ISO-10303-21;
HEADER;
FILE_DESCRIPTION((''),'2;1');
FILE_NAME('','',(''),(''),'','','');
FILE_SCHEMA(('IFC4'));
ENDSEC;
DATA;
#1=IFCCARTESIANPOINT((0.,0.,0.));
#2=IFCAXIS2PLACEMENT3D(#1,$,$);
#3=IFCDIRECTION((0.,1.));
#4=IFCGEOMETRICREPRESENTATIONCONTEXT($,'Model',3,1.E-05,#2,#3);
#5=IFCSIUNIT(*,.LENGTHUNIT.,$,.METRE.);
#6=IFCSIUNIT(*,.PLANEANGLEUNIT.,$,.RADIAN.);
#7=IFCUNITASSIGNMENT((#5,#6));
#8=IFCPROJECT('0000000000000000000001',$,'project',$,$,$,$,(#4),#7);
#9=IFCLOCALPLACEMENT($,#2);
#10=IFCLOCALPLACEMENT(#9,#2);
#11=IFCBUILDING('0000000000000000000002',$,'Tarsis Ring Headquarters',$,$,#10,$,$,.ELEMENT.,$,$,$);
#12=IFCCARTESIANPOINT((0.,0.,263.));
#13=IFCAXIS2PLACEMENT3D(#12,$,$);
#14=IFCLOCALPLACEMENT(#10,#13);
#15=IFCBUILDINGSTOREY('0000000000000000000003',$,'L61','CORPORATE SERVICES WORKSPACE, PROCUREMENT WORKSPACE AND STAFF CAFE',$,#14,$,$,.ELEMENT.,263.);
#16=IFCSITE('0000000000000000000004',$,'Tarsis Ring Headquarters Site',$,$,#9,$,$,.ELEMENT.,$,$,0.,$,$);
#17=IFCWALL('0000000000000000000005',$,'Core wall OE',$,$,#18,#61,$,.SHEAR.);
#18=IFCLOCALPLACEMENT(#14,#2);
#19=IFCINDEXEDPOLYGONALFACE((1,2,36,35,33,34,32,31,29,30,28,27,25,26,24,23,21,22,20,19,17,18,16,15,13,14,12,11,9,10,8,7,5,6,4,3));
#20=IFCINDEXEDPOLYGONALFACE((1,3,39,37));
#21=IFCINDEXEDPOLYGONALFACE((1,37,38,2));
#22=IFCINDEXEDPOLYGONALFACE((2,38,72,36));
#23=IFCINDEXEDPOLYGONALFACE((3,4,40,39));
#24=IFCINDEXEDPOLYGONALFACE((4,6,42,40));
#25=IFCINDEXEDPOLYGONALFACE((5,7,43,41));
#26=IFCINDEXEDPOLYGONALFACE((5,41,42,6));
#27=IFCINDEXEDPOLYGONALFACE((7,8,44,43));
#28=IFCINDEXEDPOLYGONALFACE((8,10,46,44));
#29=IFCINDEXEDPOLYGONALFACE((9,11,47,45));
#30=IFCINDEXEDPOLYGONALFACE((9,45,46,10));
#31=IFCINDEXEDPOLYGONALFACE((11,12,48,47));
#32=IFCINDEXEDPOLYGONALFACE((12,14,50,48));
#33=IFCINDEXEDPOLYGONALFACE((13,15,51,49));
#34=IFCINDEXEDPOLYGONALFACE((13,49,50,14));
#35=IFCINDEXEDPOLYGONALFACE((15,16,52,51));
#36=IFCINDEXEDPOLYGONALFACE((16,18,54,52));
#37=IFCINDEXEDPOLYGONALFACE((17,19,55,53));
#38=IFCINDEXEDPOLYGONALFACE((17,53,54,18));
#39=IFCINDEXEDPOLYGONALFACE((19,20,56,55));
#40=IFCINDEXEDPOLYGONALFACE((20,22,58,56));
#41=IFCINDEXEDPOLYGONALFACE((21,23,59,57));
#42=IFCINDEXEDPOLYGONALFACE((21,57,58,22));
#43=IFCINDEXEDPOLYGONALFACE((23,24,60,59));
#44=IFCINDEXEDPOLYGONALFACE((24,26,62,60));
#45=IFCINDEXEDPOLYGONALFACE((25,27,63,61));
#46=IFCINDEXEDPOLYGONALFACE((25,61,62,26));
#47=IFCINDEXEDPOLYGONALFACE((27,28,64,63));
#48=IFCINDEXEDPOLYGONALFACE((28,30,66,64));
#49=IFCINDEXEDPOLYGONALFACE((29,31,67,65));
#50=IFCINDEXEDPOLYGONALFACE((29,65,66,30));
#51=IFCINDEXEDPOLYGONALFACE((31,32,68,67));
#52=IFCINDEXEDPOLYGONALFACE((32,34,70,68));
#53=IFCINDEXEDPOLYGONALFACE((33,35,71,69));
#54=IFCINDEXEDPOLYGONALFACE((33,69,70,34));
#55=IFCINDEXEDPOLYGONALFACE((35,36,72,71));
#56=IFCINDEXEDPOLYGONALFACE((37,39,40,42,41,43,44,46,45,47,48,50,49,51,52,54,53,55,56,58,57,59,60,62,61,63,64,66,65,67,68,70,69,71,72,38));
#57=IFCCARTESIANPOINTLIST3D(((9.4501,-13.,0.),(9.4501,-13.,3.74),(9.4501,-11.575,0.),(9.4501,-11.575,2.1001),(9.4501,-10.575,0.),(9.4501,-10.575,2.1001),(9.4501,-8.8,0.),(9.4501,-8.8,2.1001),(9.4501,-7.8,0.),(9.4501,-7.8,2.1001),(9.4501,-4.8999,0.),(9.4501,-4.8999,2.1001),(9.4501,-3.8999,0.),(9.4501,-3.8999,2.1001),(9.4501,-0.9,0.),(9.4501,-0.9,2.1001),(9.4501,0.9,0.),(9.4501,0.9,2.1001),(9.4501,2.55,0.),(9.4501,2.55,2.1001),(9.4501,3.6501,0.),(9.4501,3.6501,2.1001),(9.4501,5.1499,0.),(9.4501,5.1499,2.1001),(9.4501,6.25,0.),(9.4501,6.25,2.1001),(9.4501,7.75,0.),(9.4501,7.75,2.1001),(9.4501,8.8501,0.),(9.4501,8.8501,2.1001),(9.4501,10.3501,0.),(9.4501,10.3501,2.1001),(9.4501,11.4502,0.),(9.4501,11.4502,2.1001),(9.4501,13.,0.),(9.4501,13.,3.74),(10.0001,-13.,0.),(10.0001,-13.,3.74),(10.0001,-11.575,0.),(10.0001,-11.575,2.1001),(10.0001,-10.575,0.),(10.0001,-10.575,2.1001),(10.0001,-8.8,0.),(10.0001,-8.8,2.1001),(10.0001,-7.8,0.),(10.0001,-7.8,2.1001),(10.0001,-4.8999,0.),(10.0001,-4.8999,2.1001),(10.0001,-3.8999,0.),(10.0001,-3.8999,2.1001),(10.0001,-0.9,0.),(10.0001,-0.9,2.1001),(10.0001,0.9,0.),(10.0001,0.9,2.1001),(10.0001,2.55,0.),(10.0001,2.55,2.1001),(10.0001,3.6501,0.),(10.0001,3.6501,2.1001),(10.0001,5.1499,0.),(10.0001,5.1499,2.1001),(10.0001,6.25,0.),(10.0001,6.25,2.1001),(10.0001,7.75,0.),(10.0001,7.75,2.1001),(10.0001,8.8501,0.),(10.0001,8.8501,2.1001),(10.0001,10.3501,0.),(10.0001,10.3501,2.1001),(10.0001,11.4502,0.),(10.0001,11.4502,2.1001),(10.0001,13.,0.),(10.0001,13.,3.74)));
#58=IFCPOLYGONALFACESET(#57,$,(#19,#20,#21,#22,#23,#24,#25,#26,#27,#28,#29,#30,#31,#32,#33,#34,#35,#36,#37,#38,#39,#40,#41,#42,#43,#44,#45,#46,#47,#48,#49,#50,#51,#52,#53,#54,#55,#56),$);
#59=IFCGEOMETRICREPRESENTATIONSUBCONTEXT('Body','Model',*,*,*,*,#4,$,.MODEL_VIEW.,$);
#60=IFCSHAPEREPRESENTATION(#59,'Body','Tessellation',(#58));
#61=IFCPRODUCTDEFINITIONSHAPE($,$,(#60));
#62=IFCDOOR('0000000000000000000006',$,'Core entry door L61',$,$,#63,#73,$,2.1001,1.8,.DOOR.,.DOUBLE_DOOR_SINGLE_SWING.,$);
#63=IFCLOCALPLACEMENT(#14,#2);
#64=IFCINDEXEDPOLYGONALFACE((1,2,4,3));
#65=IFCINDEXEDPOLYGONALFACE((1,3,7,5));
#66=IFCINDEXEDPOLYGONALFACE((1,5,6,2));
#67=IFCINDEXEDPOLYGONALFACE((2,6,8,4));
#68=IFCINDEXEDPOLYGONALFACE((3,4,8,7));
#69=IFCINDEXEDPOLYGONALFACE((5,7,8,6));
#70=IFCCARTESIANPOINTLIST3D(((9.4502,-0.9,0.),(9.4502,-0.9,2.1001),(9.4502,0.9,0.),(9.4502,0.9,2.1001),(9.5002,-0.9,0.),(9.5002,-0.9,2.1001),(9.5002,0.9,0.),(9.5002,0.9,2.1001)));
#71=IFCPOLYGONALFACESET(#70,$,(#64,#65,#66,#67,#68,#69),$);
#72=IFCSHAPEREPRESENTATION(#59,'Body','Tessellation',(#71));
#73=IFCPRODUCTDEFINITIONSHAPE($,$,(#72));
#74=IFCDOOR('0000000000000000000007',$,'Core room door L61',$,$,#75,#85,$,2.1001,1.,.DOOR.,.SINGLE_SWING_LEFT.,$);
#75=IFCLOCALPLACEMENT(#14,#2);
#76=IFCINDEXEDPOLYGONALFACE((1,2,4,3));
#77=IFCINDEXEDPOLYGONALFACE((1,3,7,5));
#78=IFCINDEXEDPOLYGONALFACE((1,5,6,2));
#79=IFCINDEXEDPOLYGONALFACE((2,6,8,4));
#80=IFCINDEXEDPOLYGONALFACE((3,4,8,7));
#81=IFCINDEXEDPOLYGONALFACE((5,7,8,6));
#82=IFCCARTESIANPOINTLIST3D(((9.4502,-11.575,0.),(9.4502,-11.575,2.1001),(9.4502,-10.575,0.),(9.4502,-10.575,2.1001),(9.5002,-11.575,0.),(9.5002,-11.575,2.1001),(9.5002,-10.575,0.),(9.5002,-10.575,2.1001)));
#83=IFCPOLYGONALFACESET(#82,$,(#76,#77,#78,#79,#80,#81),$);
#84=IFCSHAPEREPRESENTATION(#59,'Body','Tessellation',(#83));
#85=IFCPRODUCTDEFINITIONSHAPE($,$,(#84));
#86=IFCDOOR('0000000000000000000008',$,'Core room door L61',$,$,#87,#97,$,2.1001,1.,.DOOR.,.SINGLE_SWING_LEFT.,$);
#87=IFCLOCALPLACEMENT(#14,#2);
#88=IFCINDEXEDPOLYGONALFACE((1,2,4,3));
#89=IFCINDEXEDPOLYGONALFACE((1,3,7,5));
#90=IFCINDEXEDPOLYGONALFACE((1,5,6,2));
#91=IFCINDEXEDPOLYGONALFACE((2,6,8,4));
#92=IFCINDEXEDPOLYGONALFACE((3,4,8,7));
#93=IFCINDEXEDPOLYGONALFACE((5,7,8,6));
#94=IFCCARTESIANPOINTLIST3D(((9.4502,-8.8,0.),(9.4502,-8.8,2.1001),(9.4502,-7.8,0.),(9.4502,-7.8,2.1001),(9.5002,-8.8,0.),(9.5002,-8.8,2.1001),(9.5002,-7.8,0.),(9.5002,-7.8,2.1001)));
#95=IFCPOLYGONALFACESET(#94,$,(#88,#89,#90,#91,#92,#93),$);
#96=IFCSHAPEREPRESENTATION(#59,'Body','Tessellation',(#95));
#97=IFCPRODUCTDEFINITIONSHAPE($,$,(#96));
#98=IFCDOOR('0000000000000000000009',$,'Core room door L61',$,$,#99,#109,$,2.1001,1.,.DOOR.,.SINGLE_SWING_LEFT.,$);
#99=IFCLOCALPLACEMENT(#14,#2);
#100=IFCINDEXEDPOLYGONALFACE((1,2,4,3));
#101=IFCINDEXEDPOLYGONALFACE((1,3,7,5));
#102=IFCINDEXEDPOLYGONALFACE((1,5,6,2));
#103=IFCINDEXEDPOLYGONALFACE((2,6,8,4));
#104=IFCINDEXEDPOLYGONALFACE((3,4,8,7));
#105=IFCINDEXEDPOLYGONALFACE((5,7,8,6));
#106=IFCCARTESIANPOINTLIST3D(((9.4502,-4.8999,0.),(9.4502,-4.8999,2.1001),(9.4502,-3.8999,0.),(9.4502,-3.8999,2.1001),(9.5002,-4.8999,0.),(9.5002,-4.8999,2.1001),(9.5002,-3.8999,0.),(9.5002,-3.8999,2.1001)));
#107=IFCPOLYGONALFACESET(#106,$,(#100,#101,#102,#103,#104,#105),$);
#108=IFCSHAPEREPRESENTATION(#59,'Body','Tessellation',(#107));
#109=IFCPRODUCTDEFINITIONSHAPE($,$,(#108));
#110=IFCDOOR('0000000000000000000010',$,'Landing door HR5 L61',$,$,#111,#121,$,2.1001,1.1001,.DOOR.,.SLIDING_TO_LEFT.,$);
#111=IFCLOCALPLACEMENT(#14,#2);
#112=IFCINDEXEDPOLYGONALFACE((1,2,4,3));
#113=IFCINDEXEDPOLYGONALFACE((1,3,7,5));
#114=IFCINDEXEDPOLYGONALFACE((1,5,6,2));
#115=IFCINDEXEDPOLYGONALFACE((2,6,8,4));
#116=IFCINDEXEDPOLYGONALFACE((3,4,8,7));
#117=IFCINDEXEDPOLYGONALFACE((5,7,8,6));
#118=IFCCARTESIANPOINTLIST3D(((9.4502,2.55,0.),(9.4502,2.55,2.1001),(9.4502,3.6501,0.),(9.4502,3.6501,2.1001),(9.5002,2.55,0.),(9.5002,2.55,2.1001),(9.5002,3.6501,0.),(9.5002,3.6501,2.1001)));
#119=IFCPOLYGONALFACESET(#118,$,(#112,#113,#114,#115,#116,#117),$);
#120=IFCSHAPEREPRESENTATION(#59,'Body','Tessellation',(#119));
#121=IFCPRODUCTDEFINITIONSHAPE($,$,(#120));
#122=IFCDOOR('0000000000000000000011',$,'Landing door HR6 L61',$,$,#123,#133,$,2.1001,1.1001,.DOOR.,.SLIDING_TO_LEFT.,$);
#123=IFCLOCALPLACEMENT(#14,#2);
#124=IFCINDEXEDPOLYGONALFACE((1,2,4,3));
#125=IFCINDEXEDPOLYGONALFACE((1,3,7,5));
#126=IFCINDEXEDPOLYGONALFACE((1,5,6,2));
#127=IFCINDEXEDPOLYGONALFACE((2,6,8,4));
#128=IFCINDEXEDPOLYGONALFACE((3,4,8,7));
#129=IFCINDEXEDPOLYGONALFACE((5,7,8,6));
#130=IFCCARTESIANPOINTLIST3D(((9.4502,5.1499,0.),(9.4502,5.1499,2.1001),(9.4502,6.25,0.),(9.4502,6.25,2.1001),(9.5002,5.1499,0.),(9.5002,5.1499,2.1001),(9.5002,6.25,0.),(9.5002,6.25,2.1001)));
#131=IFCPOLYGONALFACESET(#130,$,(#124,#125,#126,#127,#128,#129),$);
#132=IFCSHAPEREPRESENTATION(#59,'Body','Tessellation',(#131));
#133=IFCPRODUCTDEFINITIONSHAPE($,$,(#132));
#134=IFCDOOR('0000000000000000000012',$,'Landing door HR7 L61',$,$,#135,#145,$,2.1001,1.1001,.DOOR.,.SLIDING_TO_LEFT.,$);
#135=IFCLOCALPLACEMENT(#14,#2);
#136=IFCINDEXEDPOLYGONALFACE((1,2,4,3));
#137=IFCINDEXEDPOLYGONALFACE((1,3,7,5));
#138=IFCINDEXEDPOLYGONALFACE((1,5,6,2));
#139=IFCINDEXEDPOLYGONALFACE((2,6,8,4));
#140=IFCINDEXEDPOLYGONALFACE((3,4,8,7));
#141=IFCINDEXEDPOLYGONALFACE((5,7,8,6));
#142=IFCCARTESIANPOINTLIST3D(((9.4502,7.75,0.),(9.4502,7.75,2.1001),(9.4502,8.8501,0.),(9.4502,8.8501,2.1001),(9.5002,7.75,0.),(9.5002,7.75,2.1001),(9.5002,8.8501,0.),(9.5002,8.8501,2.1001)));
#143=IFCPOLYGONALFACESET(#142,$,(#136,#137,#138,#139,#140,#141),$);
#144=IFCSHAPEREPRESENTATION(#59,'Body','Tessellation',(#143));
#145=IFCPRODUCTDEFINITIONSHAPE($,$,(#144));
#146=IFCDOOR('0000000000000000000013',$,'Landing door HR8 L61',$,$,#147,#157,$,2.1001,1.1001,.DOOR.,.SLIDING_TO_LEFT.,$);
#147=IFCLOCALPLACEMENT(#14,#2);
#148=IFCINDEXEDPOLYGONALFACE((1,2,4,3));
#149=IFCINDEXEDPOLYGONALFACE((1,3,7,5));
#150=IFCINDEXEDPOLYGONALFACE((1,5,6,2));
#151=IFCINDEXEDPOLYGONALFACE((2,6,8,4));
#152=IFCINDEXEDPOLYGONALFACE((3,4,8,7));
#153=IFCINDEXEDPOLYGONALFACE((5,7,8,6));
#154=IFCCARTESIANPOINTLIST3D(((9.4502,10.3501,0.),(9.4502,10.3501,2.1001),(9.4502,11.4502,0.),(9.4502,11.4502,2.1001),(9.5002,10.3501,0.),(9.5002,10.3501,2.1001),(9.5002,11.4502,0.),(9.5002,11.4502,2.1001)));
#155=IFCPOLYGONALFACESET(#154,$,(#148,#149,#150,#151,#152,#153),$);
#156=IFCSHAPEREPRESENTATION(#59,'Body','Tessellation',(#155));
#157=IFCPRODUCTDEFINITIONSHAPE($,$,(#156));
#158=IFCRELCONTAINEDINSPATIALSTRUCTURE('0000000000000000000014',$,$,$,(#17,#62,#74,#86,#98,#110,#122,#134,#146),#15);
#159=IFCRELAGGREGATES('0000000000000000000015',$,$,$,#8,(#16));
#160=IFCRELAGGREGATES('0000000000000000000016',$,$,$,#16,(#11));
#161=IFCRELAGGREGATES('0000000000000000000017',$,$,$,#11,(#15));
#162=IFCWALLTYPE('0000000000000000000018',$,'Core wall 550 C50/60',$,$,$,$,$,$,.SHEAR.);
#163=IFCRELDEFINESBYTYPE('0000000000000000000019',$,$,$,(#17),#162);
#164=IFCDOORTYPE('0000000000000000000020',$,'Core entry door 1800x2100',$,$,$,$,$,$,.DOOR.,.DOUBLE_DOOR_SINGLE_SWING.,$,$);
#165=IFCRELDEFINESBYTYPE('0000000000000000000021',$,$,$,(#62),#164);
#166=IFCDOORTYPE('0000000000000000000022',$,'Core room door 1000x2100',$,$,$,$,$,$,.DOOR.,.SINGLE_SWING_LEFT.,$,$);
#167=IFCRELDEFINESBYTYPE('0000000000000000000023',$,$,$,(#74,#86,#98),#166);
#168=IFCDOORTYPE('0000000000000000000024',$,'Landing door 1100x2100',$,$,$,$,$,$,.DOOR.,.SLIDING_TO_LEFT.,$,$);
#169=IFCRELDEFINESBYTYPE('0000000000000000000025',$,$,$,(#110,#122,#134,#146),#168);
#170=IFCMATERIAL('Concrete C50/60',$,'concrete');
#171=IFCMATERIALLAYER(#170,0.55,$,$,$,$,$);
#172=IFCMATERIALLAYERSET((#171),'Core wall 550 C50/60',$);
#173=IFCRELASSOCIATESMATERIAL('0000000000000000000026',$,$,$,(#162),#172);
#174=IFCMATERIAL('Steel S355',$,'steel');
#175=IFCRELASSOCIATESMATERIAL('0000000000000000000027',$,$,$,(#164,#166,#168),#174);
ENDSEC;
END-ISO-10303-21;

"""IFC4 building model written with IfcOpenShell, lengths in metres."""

from ifc_helpers import new_model, si_unit, direction, frame, frame_2d, origin, place, context, subcontext, project, spatial, rectangle, extrude, material, layer, layer_set, type_object, element, fill, save


model = new_model("IFC4")

# Units and contexts
model_context = context("Model", 3, precision=1e-05, world=origin(), true_north=direction((0.0, 1.0)))
body_context = subcontext(model_context, "Body", "Model", "MODEL_VIEW")
ifc_project = project(units=[si_unit("LENGTHUNIT", "METRE"), si_unit("PLANEANGLEUNIT", "RADIAN")], contexts=[model_context])

# Site, building, storey
site_placement = place(None, origin())
site = spatial("IfcSite", under=ifc_project, at=site_placement, Name="Tarsis Ring Headquarters Site", CompositionType="ELEMENT", RefElevation=0.0)
building_placement = place(site_placement, origin())
building = spatial("IfcBuilding", under=site, at=building_placement, Name="Tarsis Ring Headquarters", CompositionType="ELEMENT")
storey_placement = place(building_placement, frame((0.0, 0.0, 263.0)))
storey = spatial("IfcBuildingStorey", under=building, at=storey_placement, Name="L61", Description="CORPORATE SERVICES WORKSPACE, PROCUREMENT WORKSPACE AND STAFF CAFE", CompositionType="ELEMENT", Elevation=263.0)

# Wall, openings, doors
ifc_material_1 = material(Name="Concrete C50/60", Category="concrete")
ifc_layer_1 = layer(ifc_material_1, 0.55)
ifc_layer_set_1 = layer_set([ifc_layer_1], Name="Core wall 550 C50/60")
wall_type_1 = type_object("IfcWallType", Name="Core wall 550 C50/60", PredefinedType="SHEAR", material=ifc_layer_set_1)
wall_1_placement = place(storey_placement, frame((9.7251, -13.0, 0.0), z_axis=(0.0, 0.0, 1.0), x_axis=(0.0, 1.0, 0.0)))
wall_1 = element("IfcWall", 1, at=wall_1_placement, inside=storey, type_object=wall_type_1, Name="Core wall OE", PredefinedType="SHEAR", context=body_context, shape_type="SweptSolid", body=[
    extrude(rectangle(XDim=26.0, YDim=0.55, at=frame_2d((13.0, 0.0))), origin(), (0.0, 0.0, 1.0), 3.74),
])
opening_1_placement = place(wall_1_placement, frame((1.425, 0.0, 0.0)))
opening_1 = element("IfcOpeningElement", 2, at=opening_1_placement, cuts=wall_1, PredefinedType="OPENING", context=body_context, shape_type="SweptSolid", body=[
    extrude(rectangle(XDim=1.0, YDim=2.1001, at=frame_2d((0.5, 1.05))), frame((0.0, 0.2849, 0.0), z_axis=(0.0, -1.0, 0.0), x_axis=(1.0, 0.0, 0.0)), (0.0, 0.0, 1.0), 0.5701),
])
opening_2_placement = place(wall_1_placement, frame((4.2, 0.0, 0.0)))
opening_2 = element("IfcOpeningElement", 3, at=opening_2_placement, cuts=wall_1, PredefinedType="OPENING", context=body_context, shape_type="SweptSolid", body=[
    extrude(rectangle(XDim=1.0, YDim=2.1001, at=frame_2d((0.5, 1.05))), frame((0.0, 0.2849, 0.0), z_axis=(0.0, -1.0, 0.0), x_axis=(1.0, 0.0, 0.0)), (0.0, 0.0, 1.0), 0.5701),
])
opening_3_placement = place(wall_1_placement, frame((8.1001, 0.0, 0.0)))
opening_3 = element("IfcOpeningElement", 4, at=opening_3_placement, cuts=wall_1, PredefinedType="OPENING", context=body_context, shape_type="SweptSolid", body=[
    extrude(rectangle(XDim=1.0, YDim=2.1001, at=frame_2d((0.5, 1.05))), frame((0.0, 0.2849, 0.0), z_axis=(0.0, -1.0, 0.0), x_axis=(1.0, 0.0, 0.0)), (0.0, 0.0, 1.0), 0.5701),
])
opening_4_placement = place(wall_1_placement, frame((12.1001, 0.0, 0.0)))
opening_4 = element("IfcOpeningElement", 5, at=opening_4_placement, cuts=wall_1, PredefinedType="OPENING", context=body_context, shape_type="SweptSolid", body=[
    extrude(rectangle(XDim=1.8, YDim=2.1001, at=frame_2d((0.8999, 1.05))), frame((0.0, 0.2849, 0.0), z_axis=(0.0, -1.0, 0.0), x_axis=(1.0, 0.0, 0.0)), (0.0, 0.0, 1.0), 0.5701),
])
opening_5_placement = place(wall_1_placement, frame((15.55, 0.0, 0.0)))
opening_5 = element("IfcOpeningElement", 6, at=opening_5_placement, cuts=wall_1, PredefinedType="OPENING", context=body_context, shape_type="SweptSolid", body=[
    extrude(rectangle(XDim=1.1001, YDim=2.1001, at=frame_2d((0.55, 1.05))), frame((0.0, 0.2849, 0.0), z_axis=(0.0, -1.0, 0.0), x_axis=(1.0, 0.0, 0.0)), (0.0, 0.0, 1.0), 0.5701),
])
opening_6_placement = place(wall_1_placement, frame((18.1499, 0.0, 0.0)))
opening_6 = element("IfcOpeningElement", 7, at=opening_6_placement, cuts=wall_1, PredefinedType="OPENING", context=body_context, shape_type="SweptSolid", body=[
    extrude(rectangle(XDim=1.1001, YDim=2.1001, at=frame_2d((0.55, 1.05))), frame((0.0, 0.2849, 0.0), z_axis=(0.0, -1.0, 0.0), x_axis=(1.0, 0.0, 0.0)), (0.0, 0.0, 1.0), 0.5701),
])
opening_7_placement = place(wall_1_placement, frame((20.75, 0.0, 0.0)))
opening_7 = element("IfcOpeningElement", 8, at=opening_7_placement, cuts=wall_1, PredefinedType="OPENING", context=body_context, shape_type="SweptSolid", body=[
    extrude(rectangle(XDim=1.1001, YDim=2.1001, at=frame_2d((0.55, 1.05))), frame((0.0, 0.2849, 0.0), z_axis=(0.0, -1.0, 0.0), x_axis=(1.0, 0.0, 0.0)), (0.0, 0.0, 1.0), 0.5701),
])
opening_8_placement = place(wall_1_placement, frame((23.3501, 0.0, 0.0)))
opening_8 = element("IfcOpeningElement", 9, at=opening_8_placement, cuts=wall_1, PredefinedType="OPENING", context=body_context, shape_type="SweptSolid", body=[
    extrude(rectangle(XDim=1.1001, YDim=2.1001, at=frame_2d((0.55, 1.05))), frame((0.0, 0.2849, 0.0), z_axis=(0.0, -1.0, 0.0), x_axis=(1.0, 0.0, 0.0)), (0.0, 0.0, 1.0), 0.5701),
])
ifc_material_2 = material(Name="Steel S355", Category="steel")
door_type_1 = type_object("IfcDoorType", Name="Core entry door 1800x2100", OperationType="DOUBLE_DOOR_SINGLE_SWING", PredefinedType="DOOR", material=ifc_material_2)
door_1_placement = place(opening_4_placement, origin())
door_1 = element("IfcDoor", 10, at=door_1_placement, inside=storey, type_object=door_type_1, Name="Core entry door L61", OperationType="DOUBLE_DOOR_SINGLE_SWING", OverallHeight=2.1001, OverallWidth=1.8, PredefinedType="DOOR", context=body_context, shape_type="SweptSolid", body=[
    extrude(rectangle(XDim=1.8, YDim=2.1001, at=frame_2d((0.8999, 1.05))), frame((0.0, 0.2749, 0.0), z_axis=(0.0, -1.0, 0.0), x_axis=(1.0, 0.0, 0.0)), (0.0, 0.0, 1.0), 0.05),
])
fill(opening_4, door_1)
door_type_2 = type_object("IfcDoorType", Name="Core room door 1000x2100", OperationType="SINGLE_SWING_LEFT", PredefinedType="DOOR", material=ifc_material_2)
door_2_placement = place(opening_1_placement, origin())
door_2 = element("IfcDoor", 11, at=door_2_placement, inside=storey, type_object=door_type_2, Name="Core room door L61", OperationType="SINGLE_SWING_LEFT", OverallHeight=2.1001, OverallWidth=1.0, PredefinedType="DOOR", context=body_context, shape_type="SweptSolid", body=[
    extrude(rectangle(XDim=1.0, YDim=2.1001, at=frame_2d((0.5, 1.05))), frame((0.0, 0.2749, 0.0), z_axis=(0.0, -1.0, 0.0), x_axis=(1.0, 0.0, 0.0)), (0.0, 0.0, 1.0), 0.05),
])
fill(opening_1, door_2)
door_3_placement = place(opening_2_placement, origin())
door_3 = element("IfcDoor", 12, at=door_3_placement, inside=storey, type_object=door_type_2, Name="Core room door L61", OperationType="SINGLE_SWING_LEFT", OverallHeight=2.1001, OverallWidth=1.0, PredefinedType="DOOR", context=body_context, shape_type="SweptSolid", body=[
    extrude(rectangle(XDim=1.0, YDim=2.1001, at=frame_2d((0.5, 1.05))), frame((0.0, 0.2749, 0.0), z_axis=(0.0, -1.0, 0.0), x_axis=(1.0, 0.0, 0.0)), (0.0, 0.0, 1.0), 0.05),
])
fill(opening_2, door_3)
door_4_placement = place(opening_3_placement, origin())
door_4 = element("IfcDoor", 13, at=door_4_placement, inside=storey, type_object=door_type_2, Name="Core room door L61", OperationType="SINGLE_SWING_LEFT", OverallHeight=2.1001, OverallWidth=1.0, PredefinedType="DOOR", context=body_context, shape_type="SweptSolid", body=[
    extrude(rectangle(XDim=1.0, YDim=2.1001, at=frame_2d((0.5, 1.05))), frame((0.0, 0.2749, 0.0), z_axis=(0.0, -1.0, 0.0), x_axis=(1.0, 0.0, 0.0)), (0.0, 0.0, 1.0), 0.05),
])
fill(opening_3, door_4)
door_type_3 = type_object("IfcDoorType", Name="Landing door 1100x2100", OperationType="SLIDING_TO_LEFT", PredefinedType="DOOR", material=ifc_material_2)
door_5_placement = place(opening_5_placement, origin())
door_5 = element("IfcDoor", 14, at=door_5_placement, inside=storey, type_object=door_type_3, Name="Landing door HR5 L61", OperationType="SLIDING_TO_LEFT", OverallHeight=2.1001, OverallWidth=1.1001, PredefinedType="DOOR", context=body_context, shape_type="SweptSolid", body=[
    extrude(rectangle(XDim=1.1001, YDim=2.1001, at=frame_2d((0.55, 1.05))), frame((0.0, 0.2749, 0.0), z_axis=(0.0, -1.0, 0.0), x_axis=(1.0, 0.0, 0.0)), (0.0, 0.0, 1.0), 0.05),
])
fill(opening_5, door_5)
door_6_placement = place(opening_6_placement, origin())
door_6 = element("IfcDoor", 15, at=door_6_placement, inside=storey, type_object=door_type_3, Name="Landing door HR6 L61", OperationType="SLIDING_TO_LEFT", OverallHeight=2.1001, OverallWidth=1.1001, PredefinedType="DOOR", context=body_context, shape_type="SweptSolid", body=[
    extrude(rectangle(XDim=1.1001, YDim=2.1001, at=frame_2d((0.55, 1.05))), frame((0.0, 0.2749, 0.0), z_axis=(0.0, -1.0, 0.0), x_axis=(1.0, 0.0, 0.0)), (0.0, 0.0, 1.0), 0.05),
])
fill(opening_6, door_6)
door_7_placement = place(opening_7_placement, origin())
door_7 = element("IfcDoor", 16, at=door_7_placement, inside=storey, type_object=door_type_3, Name="Landing door HR7 L61", OperationType="SLIDING_TO_LEFT", OverallHeight=2.1001, OverallWidth=1.1001, PredefinedType="DOOR", context=body_context, shape_type="SweptSolid", body=[
    extrude(rectangle(XDim=1.1001, YDim=2.1001, at=frame_2d((0.55, 1.05))), frame((0.0, 0.2749, 0.0), z_axis=(0.0, -1.0, 0.0), x_axis=(1.0, 0.0, 0.0)), (0.0, 0.0, 1.0), 0.05),
])
fill(opening_7, door_7)
door_8_placement = place(opening_8_placement, origin())
door_8 = element("IfcDoor", 17, at=door_8_placement, inside=storey, type_object=door_type_3, Name="Landing door HR8 L61", OperationType="SLIDING_TO_LEFT", OverallHeight=2.1001, OverallWidth=1.1001, PredefinedType="DOOR", context=body_context, shape_type="SweptSolid", body=[
    extrude(rectangle(XDim=1.1001, YDim=2.1001, at=frame_2d((0.55, 1.05))), frame((0.0, 0.2749, 0.0), z_axis=(0.0, -1.0, 0.0), x_axis=(1.0, 0.0, 0.0)), (0.0, 0.0, 1.0), 0.05),
])
fill(opening_8, door_8)

save(model, "model.ifc")
